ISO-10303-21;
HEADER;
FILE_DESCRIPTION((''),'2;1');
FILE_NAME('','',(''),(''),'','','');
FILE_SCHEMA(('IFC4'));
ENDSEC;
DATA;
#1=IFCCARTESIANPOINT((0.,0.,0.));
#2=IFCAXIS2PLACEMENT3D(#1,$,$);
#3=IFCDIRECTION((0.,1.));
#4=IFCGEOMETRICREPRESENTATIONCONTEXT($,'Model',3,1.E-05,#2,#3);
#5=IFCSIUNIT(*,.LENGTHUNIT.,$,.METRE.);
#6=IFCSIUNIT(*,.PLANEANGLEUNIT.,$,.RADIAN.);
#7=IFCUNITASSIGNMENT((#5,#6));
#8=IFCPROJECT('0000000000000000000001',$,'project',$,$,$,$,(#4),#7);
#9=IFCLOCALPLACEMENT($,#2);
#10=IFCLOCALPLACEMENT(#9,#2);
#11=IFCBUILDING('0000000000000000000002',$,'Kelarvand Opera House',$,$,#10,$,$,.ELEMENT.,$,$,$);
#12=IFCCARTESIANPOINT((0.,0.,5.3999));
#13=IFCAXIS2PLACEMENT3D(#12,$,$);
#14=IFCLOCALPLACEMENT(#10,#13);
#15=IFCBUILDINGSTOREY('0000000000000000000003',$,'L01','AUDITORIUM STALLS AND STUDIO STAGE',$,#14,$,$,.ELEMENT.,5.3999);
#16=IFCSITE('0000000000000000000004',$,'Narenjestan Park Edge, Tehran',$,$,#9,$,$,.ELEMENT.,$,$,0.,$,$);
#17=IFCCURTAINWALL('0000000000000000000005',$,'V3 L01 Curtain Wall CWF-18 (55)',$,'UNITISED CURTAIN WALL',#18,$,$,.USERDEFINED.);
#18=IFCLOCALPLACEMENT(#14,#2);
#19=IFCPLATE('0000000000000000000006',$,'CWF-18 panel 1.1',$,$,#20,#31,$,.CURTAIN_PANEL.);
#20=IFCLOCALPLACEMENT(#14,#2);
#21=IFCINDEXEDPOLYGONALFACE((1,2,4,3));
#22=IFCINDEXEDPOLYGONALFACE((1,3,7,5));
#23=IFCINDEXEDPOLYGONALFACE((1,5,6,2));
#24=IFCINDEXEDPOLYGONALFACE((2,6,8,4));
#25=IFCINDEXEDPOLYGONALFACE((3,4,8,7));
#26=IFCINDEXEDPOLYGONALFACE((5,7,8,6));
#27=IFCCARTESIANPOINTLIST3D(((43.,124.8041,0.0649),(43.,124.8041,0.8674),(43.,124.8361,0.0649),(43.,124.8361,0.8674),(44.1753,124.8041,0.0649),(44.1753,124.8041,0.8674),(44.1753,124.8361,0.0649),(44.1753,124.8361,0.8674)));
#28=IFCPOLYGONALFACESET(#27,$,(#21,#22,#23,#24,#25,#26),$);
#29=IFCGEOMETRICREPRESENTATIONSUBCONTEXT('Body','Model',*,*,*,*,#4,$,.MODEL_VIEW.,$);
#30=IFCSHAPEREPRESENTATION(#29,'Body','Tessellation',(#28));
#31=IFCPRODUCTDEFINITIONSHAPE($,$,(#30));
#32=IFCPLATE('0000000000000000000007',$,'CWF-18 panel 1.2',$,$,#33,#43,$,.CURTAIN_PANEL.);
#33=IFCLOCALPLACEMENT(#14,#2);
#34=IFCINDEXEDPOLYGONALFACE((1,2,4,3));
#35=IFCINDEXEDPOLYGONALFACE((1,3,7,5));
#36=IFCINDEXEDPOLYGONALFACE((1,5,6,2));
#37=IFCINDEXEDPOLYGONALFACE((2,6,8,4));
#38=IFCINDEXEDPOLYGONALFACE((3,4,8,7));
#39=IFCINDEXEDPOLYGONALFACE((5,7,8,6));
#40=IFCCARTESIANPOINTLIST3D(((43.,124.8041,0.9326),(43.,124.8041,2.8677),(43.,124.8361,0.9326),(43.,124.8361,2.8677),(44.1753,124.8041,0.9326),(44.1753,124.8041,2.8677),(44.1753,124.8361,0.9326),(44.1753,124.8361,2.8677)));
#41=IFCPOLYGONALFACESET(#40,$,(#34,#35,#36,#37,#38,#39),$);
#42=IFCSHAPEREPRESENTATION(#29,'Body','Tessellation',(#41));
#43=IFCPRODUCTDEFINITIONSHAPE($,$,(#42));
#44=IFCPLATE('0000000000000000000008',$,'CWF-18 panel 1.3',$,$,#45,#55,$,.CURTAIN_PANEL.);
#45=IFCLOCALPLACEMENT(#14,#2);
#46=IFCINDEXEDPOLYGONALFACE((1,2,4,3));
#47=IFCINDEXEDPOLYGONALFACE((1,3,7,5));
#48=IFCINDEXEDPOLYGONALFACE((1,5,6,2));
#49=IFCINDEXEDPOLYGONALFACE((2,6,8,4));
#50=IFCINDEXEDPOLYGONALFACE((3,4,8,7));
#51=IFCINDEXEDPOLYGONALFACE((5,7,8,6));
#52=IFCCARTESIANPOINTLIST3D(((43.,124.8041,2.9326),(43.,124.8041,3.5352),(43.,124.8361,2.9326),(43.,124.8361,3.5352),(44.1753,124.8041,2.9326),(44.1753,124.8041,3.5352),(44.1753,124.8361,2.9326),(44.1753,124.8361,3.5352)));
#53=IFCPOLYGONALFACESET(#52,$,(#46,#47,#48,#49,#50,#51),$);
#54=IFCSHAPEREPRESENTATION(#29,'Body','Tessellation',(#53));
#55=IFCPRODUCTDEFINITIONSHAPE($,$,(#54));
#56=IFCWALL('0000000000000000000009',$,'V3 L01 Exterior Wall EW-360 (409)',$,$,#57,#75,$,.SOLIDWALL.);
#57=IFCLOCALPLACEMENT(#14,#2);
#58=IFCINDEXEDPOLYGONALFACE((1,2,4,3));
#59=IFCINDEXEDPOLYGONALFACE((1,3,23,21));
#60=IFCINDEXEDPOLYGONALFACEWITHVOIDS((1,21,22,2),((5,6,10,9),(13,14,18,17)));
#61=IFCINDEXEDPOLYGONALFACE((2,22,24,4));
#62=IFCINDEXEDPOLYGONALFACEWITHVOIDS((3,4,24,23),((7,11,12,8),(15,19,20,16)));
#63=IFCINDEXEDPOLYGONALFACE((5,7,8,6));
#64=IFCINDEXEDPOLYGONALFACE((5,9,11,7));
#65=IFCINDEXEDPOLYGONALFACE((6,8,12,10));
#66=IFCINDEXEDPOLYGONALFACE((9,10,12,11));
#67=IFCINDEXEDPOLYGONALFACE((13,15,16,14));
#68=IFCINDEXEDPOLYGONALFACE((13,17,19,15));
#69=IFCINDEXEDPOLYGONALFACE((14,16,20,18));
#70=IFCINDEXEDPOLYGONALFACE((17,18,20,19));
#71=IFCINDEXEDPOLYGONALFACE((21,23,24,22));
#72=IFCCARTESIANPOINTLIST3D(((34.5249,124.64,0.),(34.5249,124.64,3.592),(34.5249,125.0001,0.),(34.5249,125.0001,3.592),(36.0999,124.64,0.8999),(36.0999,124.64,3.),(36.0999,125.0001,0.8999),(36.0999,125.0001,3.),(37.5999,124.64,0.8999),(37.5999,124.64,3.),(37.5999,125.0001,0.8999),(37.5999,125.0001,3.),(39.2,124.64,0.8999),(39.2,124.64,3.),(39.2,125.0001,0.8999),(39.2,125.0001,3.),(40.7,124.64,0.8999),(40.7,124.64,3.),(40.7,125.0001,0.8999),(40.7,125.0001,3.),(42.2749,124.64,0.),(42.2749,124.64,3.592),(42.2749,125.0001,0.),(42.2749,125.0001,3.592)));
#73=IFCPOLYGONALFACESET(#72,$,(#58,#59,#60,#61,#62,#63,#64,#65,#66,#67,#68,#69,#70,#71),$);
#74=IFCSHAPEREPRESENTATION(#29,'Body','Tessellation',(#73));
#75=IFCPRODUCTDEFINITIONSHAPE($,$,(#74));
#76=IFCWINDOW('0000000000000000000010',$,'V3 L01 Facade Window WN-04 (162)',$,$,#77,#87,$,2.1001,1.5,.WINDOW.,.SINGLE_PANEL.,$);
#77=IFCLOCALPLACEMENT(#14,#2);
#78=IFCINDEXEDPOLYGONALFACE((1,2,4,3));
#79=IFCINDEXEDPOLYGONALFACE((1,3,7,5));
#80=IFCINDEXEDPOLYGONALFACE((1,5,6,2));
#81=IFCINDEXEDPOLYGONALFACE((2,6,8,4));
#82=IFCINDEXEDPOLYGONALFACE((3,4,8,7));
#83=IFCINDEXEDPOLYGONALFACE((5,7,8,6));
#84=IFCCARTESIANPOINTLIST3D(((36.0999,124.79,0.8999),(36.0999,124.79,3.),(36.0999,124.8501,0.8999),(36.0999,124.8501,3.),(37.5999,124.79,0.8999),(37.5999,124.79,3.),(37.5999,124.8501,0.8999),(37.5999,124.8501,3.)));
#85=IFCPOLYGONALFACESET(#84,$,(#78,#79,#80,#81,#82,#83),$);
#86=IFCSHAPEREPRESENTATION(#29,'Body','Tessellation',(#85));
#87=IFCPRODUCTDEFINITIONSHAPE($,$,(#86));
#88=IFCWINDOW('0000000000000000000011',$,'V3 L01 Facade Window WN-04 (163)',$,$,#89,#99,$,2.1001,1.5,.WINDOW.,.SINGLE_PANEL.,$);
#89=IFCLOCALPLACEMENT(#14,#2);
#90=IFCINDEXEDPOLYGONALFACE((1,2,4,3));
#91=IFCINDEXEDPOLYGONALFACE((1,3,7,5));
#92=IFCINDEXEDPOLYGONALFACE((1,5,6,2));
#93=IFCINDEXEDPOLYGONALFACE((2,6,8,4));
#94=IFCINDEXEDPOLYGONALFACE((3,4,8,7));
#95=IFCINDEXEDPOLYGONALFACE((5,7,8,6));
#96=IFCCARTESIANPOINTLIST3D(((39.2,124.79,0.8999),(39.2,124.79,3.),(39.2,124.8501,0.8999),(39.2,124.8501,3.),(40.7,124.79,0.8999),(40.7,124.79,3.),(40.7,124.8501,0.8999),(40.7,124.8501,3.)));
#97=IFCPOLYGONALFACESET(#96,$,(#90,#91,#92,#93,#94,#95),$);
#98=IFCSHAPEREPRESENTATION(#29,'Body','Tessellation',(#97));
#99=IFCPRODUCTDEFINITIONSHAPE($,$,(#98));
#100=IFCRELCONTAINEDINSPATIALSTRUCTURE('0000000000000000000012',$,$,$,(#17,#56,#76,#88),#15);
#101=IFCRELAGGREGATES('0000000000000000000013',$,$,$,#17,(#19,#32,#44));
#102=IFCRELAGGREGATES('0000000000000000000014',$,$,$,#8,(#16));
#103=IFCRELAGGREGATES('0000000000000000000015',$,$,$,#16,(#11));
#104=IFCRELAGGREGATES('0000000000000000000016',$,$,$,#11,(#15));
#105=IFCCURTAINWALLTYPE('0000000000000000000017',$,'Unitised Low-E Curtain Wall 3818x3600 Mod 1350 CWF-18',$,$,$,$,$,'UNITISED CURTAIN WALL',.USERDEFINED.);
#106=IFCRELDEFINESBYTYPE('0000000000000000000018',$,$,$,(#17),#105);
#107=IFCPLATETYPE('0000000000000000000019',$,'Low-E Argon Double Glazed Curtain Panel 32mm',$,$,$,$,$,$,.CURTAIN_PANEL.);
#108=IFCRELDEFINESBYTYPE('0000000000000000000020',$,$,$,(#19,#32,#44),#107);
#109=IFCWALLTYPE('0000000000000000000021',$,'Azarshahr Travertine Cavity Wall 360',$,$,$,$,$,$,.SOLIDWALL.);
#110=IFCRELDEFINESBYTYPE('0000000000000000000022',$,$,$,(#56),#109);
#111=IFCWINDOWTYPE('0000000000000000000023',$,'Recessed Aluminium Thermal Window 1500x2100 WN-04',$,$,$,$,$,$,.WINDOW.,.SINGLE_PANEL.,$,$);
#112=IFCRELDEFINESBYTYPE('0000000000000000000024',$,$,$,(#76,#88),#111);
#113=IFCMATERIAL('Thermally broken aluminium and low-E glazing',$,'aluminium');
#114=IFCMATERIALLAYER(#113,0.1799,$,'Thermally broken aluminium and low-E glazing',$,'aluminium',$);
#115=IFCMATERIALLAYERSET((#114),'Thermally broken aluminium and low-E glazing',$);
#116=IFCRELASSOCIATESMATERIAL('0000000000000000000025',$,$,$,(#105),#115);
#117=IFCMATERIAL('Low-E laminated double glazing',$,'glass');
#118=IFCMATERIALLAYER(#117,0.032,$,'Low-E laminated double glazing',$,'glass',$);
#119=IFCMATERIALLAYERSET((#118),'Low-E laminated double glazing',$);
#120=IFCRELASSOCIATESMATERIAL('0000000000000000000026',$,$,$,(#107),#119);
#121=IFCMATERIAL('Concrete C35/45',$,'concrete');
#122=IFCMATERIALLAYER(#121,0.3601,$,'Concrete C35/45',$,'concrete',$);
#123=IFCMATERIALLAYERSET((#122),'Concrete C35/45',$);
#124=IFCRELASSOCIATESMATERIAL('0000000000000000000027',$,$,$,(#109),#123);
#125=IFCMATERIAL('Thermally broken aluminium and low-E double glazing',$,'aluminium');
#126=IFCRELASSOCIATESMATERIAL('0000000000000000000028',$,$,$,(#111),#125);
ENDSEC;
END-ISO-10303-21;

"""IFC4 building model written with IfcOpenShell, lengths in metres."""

from ifc_helpers import new_model, si_unit, direction, frame, frame_2d, origin, origin_2d, place, context, subcontext, project, spatial, rectangle, extrude, material, layer, layer_set, type_object, element, fill, aggregate, save


model = new_model("IFC4")

# Units and contexts
model_context = context("Model", 3, precision=1e-05, world=origin(), true_north=direction((0.0, 1.0)))
body_context = subcontext(model_context, "Body", "Model", "MODEL_VIEW")
ifc_project = project(units=[si_unit("LENGTHUNIT", "METRE"), si_unit("PLANEANGLEUNIT", "RADIAN")], contexts=[model_context])

# Site, building, storey
site_placement = place(None, origin())
site = spatial("IfcSite", under=ifc_project, at=site_placement, Name="Narenjestan Park Edge, Tehran", CompositionType="ELEMENT", RefElevation=0.0)
building_placement = place(site_placement, origin())
building = spatial("IfcBuilding", under=site, at=building_placement, Name="Kelarvand Opera House", CompositionType="ELEMENT")
storey_placement = place(building_placement, frame((0.0, 0.0, 5.3999)))
storey = spatial("IfcBuildingStorey", under=building, at=storey_placement, Name="L01", Description="AUDITORIUM STALLS AND STUDIO STAGE", CompositionType="ELEMENT", Elevation=5.3999)

# Curtain wall
ifc_material_1 = material(Name="Thermally broken aluminium and low-E glazing", Category="aluminium")
ifc_layer_1 = layer(ifc_material_1, 0.1799, Name="Thermally broken aluminium and low-E glazing", Category="aluminium")
ifc_layer_set_1 = layer_set([ifc_layer_1], Name="Thermally broken aluminium and low-E glazing")
curtain_wall_type = type_object("IfcCurtainWallType", Name="Unitised Low-E Curtain Wall 3818x3600 Mod 1350 CWF-18", ElementType="UNITISED CURTAIN WALL", PredefinedType="USERDEFINED", material=ifc_layer_set_1)
curtain_wall_placement = place(storey_placement, origin())
curtain_wall = element("IfcCurtainWall", 1, at=curtain_wall_placement, inside=storey, type_object=curtain_wall_type, Name="V3 L01 Curtain Wall CWF-18 (55)", ObjectType="UNITISED CURTAIN WALL", PredefinedType="USERDEFINED")

# Shared definitions
ifc_material_2 = material(Name="Concrete C35/45", Category="concrete")

# Plates
ifc_material_3 = material(Name="Low-E laminated double glazing", Category="glass")
ifc_layer_2 = layer(ifc_material_3, 0.032, Name="Low-E laminated double glazing", Category="glass")
ifc_layer_set_2 = layer_set([ifc_layer_2], Name="Low-E laminated double glazing")
plate_type = type_object("IfcPlateType", Name="Low-E Argon Double Glazed Curtain Panel 32mm", PredefinedType="CURTAIN_PANEL", material=ifc_layer_set_2)
plate_1_placement = place(storey_placement, frame((43.5876, 124.8201, 0.0649), z_axis=(0.0, 0.0, 1.0), x_axis=(1.0, 0.0, 0.0)))
plate_1 = element("IfcPlate", 2, at=plate_1_placement, type_object=plate_type, Name="CWF-18 panel 1.1", PredefinedType="CURTAIN_PANEL", context=body_context, shape_type="SweptSolid", body=[
    extrude(rectangle(XDim=1.1753, YDim=0.032, at=origin_2d()), origin(), (0.0, 0.0, 1.0), 0.8025),
])
plate_2_placement = place(storey_placement, frame((43.5876, 124.8201, 0.9326), z_axis=(0.0, 0.0, 1.0), x_axis=(1.0, 0.0, 0.0)))
plate_2 = element("IfcPlate", 3, at=plate_2_placement, type_object=plate_type, Name="CWF-18 panel 1.2", PredefinedType="CURTAIN_PANEL", context=body_context, shape_type="SweptSolid", body=[
    extrude(rectangle(XDim=1.1753, YDim=0.032, at=origin_2d()), origin(), (0.0, 0.0, 1.0), 1.9351),
])
plate_3_placement = place(storey_placement, frame((43.5876, 124.8201, 2.9326), z_axis=(0.0, 0.0, 1.0), x_axis=(1.0, 0.0, 0.0)))
plate_3 = element("IfcPlate", 4, at=plate_3_placement, type_object=plate_type, Name="CWF-18 panel 1.3", PredefinedType="CURTAIN_PANEL", context=body_context, shape_type="SweptSolid", body=[
    extrude(rectangle(XDim=1.1753, YDim=0.032, at=origin_2d()), origin(), (0.0, 0.0, 1.0), 0.6025),
])
aggregate(curtain_wall, [plate_1, plate_2, plate_3])

# Wall, openings, windows
ifc_layer_3 = layer(ifc_material_2, 0.3601, Name="Concrete C35/45", Category="concrete")
ifc_layer_set_3 = layer_set([ifc_layer_3], Name="Concrete C35/45")
wall_type = type_object("IfcWallType", Name="Azarshahr Travertine Cavity Wall 360", PredefinedType="SOLIDWALL", material=ifc_layer_set_3)
wall_placement = place(storey_placement, frame((34.5249, 124.8201, 0.0), z_axis=(0.0, 0.0, 1.0), x_axis=(1.0, 0.0, 0.0)))
wall = element("IfcWall", 5, at=wall_placement, inside=storey, type_object=wall_type, Name="V3 L01 Exterior Wall EW-360 (409)", PredefinedType="SOLIDWALL", context=body_context, shape_type="SweptSolid", body=[
    extrude(rectangle(XDim=7.75, YDim=0.3601, at=frame_2d((3.875, 0.0))), origin(), (0.0, 0.0, 1.0), 3.592),
])
opening_1_placement = place(wall_placement, frame((1.575, 0.0, 0.8999)))
opening_1 = element("IfcOpeningElement", 6, at=opening_1_placement, cuts=wall, PredefinedType="OPENING", context=body_context, shape_type="SweptSolid", body=[
    extrude(rectangle(XDim=1.5, YDim=2.1001, at=frame_2d((0.75, 1.05))), frame((0.0, 0.1899, 0.0), z_axis=(0.0, -1.0, 0.0), x_axis=(1.0, 0.0, 0.0)), (0.0, 0.0, 1.0), 0.3801),
])
opening_2_placement = place(wall_placement, frame((4.675, 0.0, 0.8999)))
opening_2 = element("IfcOpeningElement", 7, at=opening_2_placement, cuts=wall, PredefinedType="OPENING", context=body_context, shape_type="SweptSolid", body=[
    extrude(rectangle(XDim=1.5, YDim=2.1001, at=frame_2d((0.75, 1.05))), frame((0.0, 0.1899, 0.0), z_axis=(0.0, -1.0, 0.0), x_axis=(1.0, 0.0, 0.0)), (0.0, 0.0, 1.0), 0.3801),
])
ifc_material_4 = material(Name="Thermally broken aluminium and low-E double glazing", Category="aluminium")
window_type = type_object("IfcWindowType", Name="Recessed Aluminium Thermal Window 1500x2100 WN-04", PartitioningType="SINGLE_PANEL", PredefinedType="WINDOW", material=ifc_material_4)
window_1_placement = place(opening_1_placement, origin())
window_1 = element("IfcWindow", 8, at=window_1_placement, inside=storey, type_object=window_type, Name="V3 L01 Facade Window WN-04 (162)", OverallHeight=2.1001, OverallWidth=1.5, PartitioningType="SINGLE_PANEL", PredefinedType="WINDOW", context=body_context, shape_type="SweptSolid", body=[
    extrude(rectangle(XDim=1.5, YDim=2.1001, at=frame_2d((0.75, 1.05))), frame((0.0, 0.03, 0.0), z_axis=(0.0, -1.0, 0.0), x_axis=(1.0, 0.0, 0.0)), (0.0, 0.0, 1.0), 0.0601),
])
fill(opening_1, window_1)
window_2_placement = place(opening_2_placement, origin())
window_2 = element("IfcWindow", 9, at=window_2_placement, inside=storey, type_object=window_type, Name="V3 L01 Facade Window WN-04 (163)", OverallHeight=2.1001, OverallWidth=1.5, PartitioningType="SINGLE_PANEL", PredefinedType="WINDOW", context=body_context, shape_type="SweptSolid", body=[
    extrude(rectangle(XDim=1.5, YDim=2.1001, at=frame_2d((0.75, 1.05))), frame((0.0, 0.03, 0.0), z_axis=(0.0, -1.0, 0.0), x_axis=(1.0, 0.0, 0.0)), (0.0, 0.0, 1.0), 0.0601),
])
fill(opening_2, window_2)

save(model, "model.ifc")
